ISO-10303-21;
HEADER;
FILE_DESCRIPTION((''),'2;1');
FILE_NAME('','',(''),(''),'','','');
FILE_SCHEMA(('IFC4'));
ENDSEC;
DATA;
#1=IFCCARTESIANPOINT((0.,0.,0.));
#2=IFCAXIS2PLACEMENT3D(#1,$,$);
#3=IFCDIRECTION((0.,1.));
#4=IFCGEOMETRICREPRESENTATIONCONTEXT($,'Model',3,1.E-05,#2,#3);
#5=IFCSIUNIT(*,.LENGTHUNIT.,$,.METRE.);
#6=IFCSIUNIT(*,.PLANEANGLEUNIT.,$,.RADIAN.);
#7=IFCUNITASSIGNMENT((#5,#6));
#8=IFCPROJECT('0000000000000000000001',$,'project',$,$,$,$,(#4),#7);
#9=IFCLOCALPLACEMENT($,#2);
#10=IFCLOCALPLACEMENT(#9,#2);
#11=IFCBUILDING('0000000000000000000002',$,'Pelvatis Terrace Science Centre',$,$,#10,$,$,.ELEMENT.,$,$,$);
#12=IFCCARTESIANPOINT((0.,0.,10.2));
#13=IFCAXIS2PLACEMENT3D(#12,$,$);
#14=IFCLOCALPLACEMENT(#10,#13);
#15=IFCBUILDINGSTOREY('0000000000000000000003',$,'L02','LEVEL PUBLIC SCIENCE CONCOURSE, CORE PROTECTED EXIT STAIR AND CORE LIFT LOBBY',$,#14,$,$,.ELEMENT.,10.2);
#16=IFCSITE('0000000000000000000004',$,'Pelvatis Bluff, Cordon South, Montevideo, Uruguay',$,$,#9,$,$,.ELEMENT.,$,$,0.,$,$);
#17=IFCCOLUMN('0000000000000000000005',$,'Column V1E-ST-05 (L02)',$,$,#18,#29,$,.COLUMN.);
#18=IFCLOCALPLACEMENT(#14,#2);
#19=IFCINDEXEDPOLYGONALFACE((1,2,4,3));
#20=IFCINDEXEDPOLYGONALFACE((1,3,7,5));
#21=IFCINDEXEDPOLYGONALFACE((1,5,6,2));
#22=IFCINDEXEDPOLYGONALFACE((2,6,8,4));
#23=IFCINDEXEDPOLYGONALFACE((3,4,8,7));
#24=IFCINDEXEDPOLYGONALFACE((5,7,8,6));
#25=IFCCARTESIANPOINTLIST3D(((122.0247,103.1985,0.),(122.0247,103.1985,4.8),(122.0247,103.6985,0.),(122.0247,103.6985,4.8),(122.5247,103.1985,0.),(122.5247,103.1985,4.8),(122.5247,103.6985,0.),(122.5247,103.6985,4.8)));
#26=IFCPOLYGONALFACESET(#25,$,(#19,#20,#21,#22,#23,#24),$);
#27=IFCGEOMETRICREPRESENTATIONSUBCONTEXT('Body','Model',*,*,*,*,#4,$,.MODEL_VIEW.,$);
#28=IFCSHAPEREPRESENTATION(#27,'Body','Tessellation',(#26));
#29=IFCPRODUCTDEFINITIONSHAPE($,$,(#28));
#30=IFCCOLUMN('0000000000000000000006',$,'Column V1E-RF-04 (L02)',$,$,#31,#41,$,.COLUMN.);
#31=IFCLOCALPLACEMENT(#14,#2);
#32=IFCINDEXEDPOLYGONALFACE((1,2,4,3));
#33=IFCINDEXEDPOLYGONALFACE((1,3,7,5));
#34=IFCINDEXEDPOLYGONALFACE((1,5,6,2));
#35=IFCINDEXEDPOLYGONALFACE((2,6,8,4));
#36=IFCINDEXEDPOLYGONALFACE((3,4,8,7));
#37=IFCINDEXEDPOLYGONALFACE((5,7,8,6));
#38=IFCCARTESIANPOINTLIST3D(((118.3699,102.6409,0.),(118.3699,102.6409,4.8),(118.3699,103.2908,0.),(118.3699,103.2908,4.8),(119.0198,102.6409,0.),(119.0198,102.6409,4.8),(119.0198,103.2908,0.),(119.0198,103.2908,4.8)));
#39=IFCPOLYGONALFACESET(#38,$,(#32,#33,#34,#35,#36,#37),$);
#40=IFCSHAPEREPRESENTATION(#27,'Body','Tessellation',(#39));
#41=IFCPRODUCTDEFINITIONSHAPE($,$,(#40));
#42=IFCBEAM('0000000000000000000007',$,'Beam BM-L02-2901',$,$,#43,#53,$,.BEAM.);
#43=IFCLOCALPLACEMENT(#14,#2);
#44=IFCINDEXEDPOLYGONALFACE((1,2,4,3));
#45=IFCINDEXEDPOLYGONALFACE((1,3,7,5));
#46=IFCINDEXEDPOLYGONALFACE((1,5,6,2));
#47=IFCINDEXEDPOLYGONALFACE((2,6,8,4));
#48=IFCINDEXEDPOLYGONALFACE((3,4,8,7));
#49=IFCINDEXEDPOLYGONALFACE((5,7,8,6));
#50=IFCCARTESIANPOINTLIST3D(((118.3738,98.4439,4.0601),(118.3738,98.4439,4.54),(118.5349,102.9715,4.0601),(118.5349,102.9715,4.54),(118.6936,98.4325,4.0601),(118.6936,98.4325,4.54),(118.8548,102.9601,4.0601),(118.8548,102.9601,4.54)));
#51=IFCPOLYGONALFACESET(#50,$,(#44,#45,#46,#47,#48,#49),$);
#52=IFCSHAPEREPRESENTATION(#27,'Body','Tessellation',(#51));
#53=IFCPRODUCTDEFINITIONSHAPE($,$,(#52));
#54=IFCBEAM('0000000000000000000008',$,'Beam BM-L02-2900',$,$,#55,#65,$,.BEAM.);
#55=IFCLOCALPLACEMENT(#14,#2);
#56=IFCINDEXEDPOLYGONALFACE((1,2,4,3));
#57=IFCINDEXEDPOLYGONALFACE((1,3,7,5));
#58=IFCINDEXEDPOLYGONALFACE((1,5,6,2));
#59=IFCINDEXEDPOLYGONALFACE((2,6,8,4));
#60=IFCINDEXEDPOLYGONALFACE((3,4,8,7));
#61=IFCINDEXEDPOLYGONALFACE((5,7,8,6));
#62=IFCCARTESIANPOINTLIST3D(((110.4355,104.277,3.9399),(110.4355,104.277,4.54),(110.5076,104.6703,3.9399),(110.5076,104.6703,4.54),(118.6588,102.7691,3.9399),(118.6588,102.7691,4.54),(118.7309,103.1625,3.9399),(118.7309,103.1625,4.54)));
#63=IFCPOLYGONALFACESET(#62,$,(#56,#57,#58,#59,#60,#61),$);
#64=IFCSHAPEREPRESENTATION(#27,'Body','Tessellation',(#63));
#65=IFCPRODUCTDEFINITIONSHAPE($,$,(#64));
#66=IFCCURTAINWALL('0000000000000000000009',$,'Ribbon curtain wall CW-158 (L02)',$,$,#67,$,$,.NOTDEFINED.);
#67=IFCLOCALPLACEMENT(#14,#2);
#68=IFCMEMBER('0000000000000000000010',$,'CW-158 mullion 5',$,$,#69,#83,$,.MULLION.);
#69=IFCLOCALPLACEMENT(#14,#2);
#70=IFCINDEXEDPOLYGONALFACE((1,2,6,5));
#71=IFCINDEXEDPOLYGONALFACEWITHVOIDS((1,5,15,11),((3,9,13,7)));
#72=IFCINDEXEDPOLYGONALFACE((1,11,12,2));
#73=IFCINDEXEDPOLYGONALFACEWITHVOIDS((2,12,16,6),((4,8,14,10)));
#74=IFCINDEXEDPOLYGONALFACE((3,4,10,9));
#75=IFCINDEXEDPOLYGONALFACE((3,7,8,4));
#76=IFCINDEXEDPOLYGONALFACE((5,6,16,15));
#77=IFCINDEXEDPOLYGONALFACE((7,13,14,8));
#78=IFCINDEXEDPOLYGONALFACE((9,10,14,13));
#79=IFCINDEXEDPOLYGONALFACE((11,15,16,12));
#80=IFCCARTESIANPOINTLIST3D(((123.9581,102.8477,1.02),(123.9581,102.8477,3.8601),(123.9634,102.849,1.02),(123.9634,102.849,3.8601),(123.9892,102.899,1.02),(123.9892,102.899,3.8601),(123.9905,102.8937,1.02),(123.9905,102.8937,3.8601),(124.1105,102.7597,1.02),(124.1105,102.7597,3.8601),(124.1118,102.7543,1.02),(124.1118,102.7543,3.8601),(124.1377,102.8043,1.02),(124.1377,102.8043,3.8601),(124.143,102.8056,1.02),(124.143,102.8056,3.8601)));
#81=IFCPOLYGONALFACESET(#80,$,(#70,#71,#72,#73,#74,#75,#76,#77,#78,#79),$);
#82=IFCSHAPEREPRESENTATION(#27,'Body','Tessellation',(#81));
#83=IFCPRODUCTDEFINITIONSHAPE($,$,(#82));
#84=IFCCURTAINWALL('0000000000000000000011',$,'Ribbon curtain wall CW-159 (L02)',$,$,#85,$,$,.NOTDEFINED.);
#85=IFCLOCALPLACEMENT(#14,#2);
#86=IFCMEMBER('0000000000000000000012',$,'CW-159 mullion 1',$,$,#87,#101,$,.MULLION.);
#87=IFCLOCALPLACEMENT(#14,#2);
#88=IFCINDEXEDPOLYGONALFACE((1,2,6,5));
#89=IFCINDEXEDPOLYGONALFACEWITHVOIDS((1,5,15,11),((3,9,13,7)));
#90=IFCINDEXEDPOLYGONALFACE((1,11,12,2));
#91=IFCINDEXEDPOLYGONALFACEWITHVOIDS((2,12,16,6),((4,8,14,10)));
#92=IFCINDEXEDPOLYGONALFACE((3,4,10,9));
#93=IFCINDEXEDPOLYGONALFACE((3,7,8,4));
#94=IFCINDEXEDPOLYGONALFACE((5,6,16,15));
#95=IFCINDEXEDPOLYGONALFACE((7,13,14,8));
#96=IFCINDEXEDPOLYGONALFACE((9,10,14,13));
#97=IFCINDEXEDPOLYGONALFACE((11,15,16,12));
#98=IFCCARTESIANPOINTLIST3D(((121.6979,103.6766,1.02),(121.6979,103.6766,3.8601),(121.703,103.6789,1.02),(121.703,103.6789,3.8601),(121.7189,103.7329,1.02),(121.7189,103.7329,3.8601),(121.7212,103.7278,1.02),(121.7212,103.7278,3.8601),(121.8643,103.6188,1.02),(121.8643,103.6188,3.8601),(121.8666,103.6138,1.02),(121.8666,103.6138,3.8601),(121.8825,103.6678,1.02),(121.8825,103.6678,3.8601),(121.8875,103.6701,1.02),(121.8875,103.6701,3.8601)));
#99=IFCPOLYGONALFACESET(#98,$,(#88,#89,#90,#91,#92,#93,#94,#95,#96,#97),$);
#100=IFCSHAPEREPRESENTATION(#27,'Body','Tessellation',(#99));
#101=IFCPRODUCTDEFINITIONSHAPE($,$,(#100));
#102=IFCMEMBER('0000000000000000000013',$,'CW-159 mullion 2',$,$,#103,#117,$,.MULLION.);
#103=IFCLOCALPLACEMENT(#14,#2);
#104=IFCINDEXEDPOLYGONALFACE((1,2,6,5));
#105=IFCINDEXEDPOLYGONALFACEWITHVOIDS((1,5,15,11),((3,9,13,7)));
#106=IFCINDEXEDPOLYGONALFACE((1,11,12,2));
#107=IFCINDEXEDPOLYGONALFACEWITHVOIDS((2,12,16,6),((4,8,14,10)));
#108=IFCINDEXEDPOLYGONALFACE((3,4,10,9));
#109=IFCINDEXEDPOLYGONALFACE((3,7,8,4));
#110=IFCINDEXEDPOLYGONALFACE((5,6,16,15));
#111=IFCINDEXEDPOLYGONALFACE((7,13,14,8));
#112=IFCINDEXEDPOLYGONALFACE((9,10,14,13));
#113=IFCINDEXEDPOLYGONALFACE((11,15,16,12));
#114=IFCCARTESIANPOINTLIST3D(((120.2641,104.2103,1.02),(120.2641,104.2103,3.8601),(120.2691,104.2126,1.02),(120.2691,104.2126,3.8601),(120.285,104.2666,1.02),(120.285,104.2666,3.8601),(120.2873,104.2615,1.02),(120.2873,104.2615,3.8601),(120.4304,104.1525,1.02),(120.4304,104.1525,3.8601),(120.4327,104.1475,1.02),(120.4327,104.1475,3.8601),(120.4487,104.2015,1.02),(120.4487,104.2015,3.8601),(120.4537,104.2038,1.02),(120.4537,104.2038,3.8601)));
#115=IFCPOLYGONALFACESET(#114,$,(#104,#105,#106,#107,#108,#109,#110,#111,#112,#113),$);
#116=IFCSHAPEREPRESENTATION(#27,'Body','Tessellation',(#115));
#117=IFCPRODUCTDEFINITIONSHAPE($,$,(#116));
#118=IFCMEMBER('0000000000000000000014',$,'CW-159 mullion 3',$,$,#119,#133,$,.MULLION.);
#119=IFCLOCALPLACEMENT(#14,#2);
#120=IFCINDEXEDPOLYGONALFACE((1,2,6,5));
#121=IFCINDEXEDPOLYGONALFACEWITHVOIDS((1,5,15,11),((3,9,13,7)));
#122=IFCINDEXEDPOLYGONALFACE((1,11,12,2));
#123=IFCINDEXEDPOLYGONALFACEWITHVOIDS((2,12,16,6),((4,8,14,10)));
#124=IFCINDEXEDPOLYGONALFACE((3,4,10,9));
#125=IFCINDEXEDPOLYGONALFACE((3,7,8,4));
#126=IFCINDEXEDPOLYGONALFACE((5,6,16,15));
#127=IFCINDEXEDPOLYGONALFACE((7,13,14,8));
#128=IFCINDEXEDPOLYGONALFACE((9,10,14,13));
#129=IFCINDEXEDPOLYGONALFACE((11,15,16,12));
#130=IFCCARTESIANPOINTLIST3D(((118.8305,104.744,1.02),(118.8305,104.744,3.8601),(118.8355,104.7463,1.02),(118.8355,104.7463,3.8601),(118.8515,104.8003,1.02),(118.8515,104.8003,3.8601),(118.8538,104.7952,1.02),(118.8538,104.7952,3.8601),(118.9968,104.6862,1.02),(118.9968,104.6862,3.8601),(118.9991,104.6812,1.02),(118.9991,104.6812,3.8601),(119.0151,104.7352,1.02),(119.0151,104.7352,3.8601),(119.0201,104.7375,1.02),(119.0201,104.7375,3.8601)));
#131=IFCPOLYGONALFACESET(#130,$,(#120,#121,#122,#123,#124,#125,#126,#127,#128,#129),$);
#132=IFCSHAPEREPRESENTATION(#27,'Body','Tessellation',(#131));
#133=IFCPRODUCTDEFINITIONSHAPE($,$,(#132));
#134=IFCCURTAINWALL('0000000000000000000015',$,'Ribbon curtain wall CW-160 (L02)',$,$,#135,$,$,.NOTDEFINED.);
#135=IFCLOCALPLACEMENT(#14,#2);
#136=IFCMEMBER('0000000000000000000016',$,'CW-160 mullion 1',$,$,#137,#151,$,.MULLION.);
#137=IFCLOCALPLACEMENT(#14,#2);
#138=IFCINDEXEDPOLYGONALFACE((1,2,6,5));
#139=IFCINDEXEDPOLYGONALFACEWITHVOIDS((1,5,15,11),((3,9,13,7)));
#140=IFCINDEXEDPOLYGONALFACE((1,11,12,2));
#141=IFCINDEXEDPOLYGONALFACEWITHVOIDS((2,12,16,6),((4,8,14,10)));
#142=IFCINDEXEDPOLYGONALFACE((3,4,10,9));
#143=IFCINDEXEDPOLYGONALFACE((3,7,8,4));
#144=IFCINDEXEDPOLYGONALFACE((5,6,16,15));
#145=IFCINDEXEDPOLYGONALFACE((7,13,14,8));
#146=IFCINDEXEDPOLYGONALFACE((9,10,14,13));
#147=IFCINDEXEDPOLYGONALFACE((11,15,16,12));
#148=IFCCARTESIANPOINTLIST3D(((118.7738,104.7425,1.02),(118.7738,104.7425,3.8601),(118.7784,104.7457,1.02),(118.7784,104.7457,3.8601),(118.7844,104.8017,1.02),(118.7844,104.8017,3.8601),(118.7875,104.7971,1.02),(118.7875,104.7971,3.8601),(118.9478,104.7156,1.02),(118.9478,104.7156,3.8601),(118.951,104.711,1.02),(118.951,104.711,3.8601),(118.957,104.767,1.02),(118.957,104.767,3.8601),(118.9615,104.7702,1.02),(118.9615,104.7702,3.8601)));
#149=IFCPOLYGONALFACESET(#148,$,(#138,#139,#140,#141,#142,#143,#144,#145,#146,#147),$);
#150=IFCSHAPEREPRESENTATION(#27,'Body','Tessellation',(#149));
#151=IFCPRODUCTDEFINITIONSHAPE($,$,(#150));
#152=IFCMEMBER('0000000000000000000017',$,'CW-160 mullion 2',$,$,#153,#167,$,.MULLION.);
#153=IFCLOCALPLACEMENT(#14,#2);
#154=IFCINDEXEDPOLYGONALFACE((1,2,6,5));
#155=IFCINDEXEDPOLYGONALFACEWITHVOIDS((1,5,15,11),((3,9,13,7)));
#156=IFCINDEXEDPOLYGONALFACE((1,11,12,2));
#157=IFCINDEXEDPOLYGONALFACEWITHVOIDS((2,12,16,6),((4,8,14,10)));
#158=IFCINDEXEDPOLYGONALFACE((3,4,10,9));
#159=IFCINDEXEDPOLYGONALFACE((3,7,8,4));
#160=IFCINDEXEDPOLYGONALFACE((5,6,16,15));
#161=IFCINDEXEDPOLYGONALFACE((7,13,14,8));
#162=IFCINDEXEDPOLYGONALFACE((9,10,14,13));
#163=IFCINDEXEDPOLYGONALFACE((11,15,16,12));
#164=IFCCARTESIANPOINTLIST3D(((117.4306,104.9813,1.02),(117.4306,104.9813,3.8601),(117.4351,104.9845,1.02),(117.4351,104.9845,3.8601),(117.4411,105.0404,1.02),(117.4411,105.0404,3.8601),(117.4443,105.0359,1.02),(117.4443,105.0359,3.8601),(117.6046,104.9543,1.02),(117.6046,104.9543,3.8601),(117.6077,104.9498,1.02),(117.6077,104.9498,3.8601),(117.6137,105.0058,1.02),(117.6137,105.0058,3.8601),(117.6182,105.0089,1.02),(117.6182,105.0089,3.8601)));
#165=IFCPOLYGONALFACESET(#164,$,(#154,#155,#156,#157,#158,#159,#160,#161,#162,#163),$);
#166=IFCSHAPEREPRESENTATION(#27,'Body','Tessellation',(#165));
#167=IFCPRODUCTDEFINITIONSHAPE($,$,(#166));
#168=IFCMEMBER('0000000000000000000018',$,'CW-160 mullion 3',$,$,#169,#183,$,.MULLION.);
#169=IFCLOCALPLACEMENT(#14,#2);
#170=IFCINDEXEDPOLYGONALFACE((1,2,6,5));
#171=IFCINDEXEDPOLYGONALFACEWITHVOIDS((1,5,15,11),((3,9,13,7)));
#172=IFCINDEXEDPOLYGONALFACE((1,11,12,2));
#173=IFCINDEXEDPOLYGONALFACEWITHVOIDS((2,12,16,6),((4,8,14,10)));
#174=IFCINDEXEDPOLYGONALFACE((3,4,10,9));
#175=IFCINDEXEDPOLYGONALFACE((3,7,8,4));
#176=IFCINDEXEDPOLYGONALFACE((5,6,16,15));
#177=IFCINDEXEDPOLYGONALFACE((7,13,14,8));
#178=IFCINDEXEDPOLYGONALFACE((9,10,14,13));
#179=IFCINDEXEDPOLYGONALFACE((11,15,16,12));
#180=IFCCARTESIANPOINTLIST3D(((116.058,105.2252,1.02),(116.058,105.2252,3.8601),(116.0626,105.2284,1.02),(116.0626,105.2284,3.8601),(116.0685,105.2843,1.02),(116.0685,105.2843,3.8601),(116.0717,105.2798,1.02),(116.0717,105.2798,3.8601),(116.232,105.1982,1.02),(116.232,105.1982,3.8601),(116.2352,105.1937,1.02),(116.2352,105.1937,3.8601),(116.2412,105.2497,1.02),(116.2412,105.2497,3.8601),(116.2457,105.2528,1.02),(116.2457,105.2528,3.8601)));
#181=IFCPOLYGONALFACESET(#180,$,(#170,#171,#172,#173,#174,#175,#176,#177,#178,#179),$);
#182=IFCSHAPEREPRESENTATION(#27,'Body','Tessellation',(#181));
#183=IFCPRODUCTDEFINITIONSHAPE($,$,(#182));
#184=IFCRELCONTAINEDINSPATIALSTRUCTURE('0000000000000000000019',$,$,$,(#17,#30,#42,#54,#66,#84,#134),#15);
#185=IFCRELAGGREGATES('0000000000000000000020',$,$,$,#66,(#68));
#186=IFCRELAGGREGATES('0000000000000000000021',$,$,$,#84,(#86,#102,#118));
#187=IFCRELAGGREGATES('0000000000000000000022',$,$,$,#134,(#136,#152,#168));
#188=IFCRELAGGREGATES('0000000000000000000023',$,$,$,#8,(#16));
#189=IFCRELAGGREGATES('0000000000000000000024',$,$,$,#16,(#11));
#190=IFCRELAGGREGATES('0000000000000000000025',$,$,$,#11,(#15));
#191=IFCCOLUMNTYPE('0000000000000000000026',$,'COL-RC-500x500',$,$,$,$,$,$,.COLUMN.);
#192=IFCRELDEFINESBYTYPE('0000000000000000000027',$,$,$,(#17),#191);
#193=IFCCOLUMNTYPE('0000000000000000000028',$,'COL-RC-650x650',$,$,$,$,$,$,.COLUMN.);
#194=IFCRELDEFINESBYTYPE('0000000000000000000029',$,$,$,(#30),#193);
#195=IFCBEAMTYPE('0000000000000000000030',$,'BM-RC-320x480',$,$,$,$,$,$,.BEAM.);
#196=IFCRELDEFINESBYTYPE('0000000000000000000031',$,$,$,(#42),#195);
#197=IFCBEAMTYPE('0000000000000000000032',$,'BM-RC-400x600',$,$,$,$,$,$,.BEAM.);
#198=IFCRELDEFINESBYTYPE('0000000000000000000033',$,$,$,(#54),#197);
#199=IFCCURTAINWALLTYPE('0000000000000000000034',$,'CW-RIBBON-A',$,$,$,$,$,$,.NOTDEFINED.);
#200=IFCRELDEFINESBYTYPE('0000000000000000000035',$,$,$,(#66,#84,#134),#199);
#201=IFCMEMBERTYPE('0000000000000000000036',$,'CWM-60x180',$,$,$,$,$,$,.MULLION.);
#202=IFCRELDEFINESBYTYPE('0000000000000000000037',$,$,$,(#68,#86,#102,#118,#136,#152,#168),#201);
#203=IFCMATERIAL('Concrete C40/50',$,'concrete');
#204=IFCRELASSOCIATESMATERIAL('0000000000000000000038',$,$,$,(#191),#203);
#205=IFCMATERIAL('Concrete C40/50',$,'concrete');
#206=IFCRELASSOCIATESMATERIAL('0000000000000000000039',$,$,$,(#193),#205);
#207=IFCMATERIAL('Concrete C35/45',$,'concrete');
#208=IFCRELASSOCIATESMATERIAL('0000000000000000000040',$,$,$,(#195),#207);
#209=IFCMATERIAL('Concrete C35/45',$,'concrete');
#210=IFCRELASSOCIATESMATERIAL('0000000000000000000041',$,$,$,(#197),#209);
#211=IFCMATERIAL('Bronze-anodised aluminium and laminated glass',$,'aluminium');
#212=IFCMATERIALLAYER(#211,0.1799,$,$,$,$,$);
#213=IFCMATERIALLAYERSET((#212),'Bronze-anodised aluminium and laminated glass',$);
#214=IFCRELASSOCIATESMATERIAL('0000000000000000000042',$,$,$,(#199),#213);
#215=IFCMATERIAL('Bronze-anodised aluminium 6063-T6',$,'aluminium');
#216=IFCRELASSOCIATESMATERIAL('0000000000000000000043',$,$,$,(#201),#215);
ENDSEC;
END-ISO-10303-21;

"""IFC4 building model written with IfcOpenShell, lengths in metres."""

from ifc_helpers import new_model, si_unit, direction, frame, origin, origin_2d, place, context, subcontext, project, spatial, rectangle, hollow_rectangle, extrude, material, layer, layer_set, material_profile, profile_set, type_object, element, aggregate, save


model = new_model("IFC4")

# Units and contexts
model_context = context("Model", 3, precision=1e-05, world=origin(), true_north=direction((0.0, 1.0)))
body_context = subcontext(model_context, "Body", "Model", "MODEL_VIEW")
ifc_project = project(units=[si_unit("LENGTHUNIT", "METRE"), si_unit("PLANEANGLEUNIT", "RADIAN")], contexts=[model_context])

# Site, building, storey
site_placement = place(None, origin())
site = spatial("IfcSite", under=ifc_project, at=site_placement, Name="Pelvatis Bluff, Cordon South, Montevideo, Uruguay", CompositionType="ELEMENT", RefElevation=0.0)
building_placement = place(site_placement, origin())
building = spatial("IfcBuilding", under=site, at=building_placement, Name="Pelvatis Terrace Science Centre", CompositionType="ELEMENT")
storey_placement = place(building_placement, frame((0.0, 0.0, 10.2)))
storey = spatial("IfcBuildingStorey", under=building, at=storey_placement, Name="L02", Description="LEVEL PUBLIC SCIENCE CONCOURSE, CORE PROTECTED EXIT STAIR AND CORE LIFT LOBBY", CompositionType="ELEMENT", Elevation=10.2)

# Columns
ifc_material_1 = material(Name="Concrete C40/50", Category="concrete")
ifc_material_profile_1 = material_profile(ifc_material_1, rectangle(XDim=0.5, YDim=0.5, at=origin_2d()), Name="RC-COL 500x500")
ifc_profile_set_1 = profile_set([ifc_material_profile_1], Name="Concrete C40/50")
column_type_1 = type_object("IfcColumnType", Name="COL-RC-500x500", PredefinedType="COLUMN", material=ifc_profile_set_1)
column_1_placement = place(storey_placement, frame((122.2747, 103.4485, 0.0), z_axis=(0.0, 0.0, 1.0), x_axis=(1.0, 0.0, 0.0)))
element("IfcColumn", 1, at=column_1_placement, inside=storey, type_object=column_type_1, Name="Column V1E-ST-05 (L02)", PredefinedType="COLUMN", context=body_context, shape_type="SweptSolid", body=[
    extrude(rectangle(XDim=0.5, YDim=0.5, at=origin_2d()), origin(), (0.0, 0.0, 1.0), 4.8),
])
ifc_material_2 = material(Name="Concrete C40/50", Category="concrete")
ifc_material_profile_2 = material_profile(ifc_material_2, rectangle(XDim=0.6499, YDim=0.6499, at=origin_2d()), Name="RC-COL 650x650")
ifc_profile_set_2 = profile_set([ifc_material_profile_2], Name="Concrete C40/50")
column_type_2 = type_object("IfcColumnType", Name="COL-RC-650x650", PredefinedType="COLUMN", material=ifc_profile_set_2)
column_2_placement = place(storey_placement, frame((118.6948, 102.9658, 0.0), z_axis=(0.0, 0.0, 1.0), x_axis=(1.0, 0.0, 0.0)))
element("IfcColumn", 2, at=column_2_placement, inside=storey, type_object=column_type_2, Name="Column V1E-RF-04 (L02)", PredefinedType="COLUMN", context=body_context, shape_type="SweptSolid", body=[
    extrude(rectangle(XDim=0.6499, YDim=0.6499, at=origin_2d()), origin(), (0.0, 0.0, 1.0), 4.8),
])

# Beams
ifc_material_3 = material(Name="Concrete C35/45", Category="concrete")
ifc_material_profile_3 = material_profile(ifc_material_3, rectangle(XDim=0.3201, YDim=0.48, at=origin_2d()), Name="RC-BM 320x480")
ifc_profile_set_3 = profile_set([ifc_material_profile_3], Name="Concrete C35/45")
beam_type_1 = type_object("IfcBeamType", Name="BM-RC-320x480", PredefinedType="BEAM", material=ifc_profile_set_3)
beam_1_placement = place(storey_placement, frame((118.6948, 102.9658, 4.3), z_axis=(-0.035567, -0.999367, 0.0), x_axis=(0.999367, -0.035567, 0.0)))
element("IfcBeam", 3, at=beam_1_placement, inside=storey, type_object=beam_type_1, Name="Beam BM-L02-2901", PredefinedType="BEAM", context=body_context, shape_type="SweptSolid", body=[
    extrude(rectangle(XDim=0.3201, YDim=0.48, at=origin_2d()), origin(), (0.0, 0.0, 1.0), 4.5305),
])
ifc_material_4 = material(Name="Concrete C35/45", Category="concrete")
ifc_material_profile_4 = material_profile(ifc_material_4, rectangle(XDim=0.3999, YDim=0.6001, at=origin_2d()), Name="RC-BM 400x600")
ifc_profile_set_4 = profile_set([ifc_material_profile_4], Name="Concrete C35/45")
beam_type_2 = type_object("IfcBeamType", Name="BM-RC-400x600", PredefinedType="BEAM", material=ifc_profile_set_4)
beam_2_placement = place(storey_placement, frame((118.6948, 102.9658, 4.24), z_axis=(-0.983602, 0.180355, 0.0), x_axis=(-0.180355, -0.983602, 0.0)))
element("IfcBeam", 4, at=beam_2_placement, inside=storey, type_object=beam_type_2, Name="Beam BM-L02-2900", PredefinedType="BEAM", context=body_context, shape_type="SweptSolid", body=[
    extrude(rectangle(XDim=0.3999, YDim=0.6001, at=origin_2d()), origin(), (0.0, 0.0, 1.0), 8.3604),
])

# Curtain wall, member
ifc_material_5 = material(Name="Bronze-anodised aluminium and laminated glass", Category="aluminium")
ifc_layer_1 = layer(ifc_material_5, 0.1799)
ifc_layer_set_1 = layer_set([ifc_layer_1], Name="Bronze-anodised aluminium and laminated glass")
curtain_wall_type = type_object("IfcCurtainWallType", Name="CW-RIBBON-A", PredefinedType="NOTDEFINED", material=ifc_layer_set_1)
curtain_wall_1_placement = place(storey_placement, origin())
curtain_wall_1 = element("IfcCurtainWall", 5, at=curtain_wall_1_placement, inside=storey, type_object=curtain_wall_type, Name="Ribbon curtain wall CW-158 (L02)", PredefinedType="NOTDEFINED")
ifc_material_6 = material(Name="Bronze-anodised aluminium 6063-T6", Category="aluminium")
ifc_material_profile_5 = material_profile(ifc_material_6, hollow_rectangle(XDim=0.0601, YDim=0.1799, WallThickness=0.0039, at=origin_2d()), Name="ALU-MUL 60x180")
ifc_profile_set_5 = profile_set([ifc_material_profile_5], Name="Bronze-anodised aluminium 6063-T6")
member_type_1 = type_object("IfcMemberType", Name="CWM-60x180", PredefinedType="MULLION", material=ifc_profile_set_5)
member_1_placement = place(storey_placement, frame((124.0505, 102.8267, 1.02), z_axis=(0.0, 0.0, 1.0), x_axis=(-0.51919, -0.854659, 0.0)))
member_1 = element("IfcMember", 6, at=member_1_placement, type_object=member_type_1, Name="CW-158 mullion 5", PredefinedType="MULLION", context=body_context, shape_type="SweptSolid", body=[
    extrude(hollow_rectangle(XDim=0.0601, YDim=0.1799, WallThickness=0.0039, at=origin_2d()), origin(), (0.0, 0.0, 1.0), 2.8401),
])
aggregate(curtain_wall_1, [member_1])

# Curtain walls, members
curtain_wall_2_placement = place(storey_placement, origin())
curtain_wall_2 = element("IfcCurtainWall", 7, at=curtain_wall_2_placement, inside=storey, type_object=curtain_wall_type, Name="Ribbon curtain wall CW-159 (L02)", PredefinedType="NOTDEFINED")
member_2_placement = place(storey_placement, frame((121.7927, 103.6733, 1.02), z_axis=(0.0, 0.0, 1.0), x_axis=(-0.348867, -0.937172, 0.0)))
member_2 = element("IfcMember", 8, at=member_2_placement, type_object=member_type_1, Name="CW-159 mullion 1", PredefinedType="MULLION", context=body_context, shape_type="SweptSolid", body=[
    extrude(hollow_rectangle(XDim=0.0601, YDim=0.1799, WallThickness=0.0039, at=origin_2d()), origin(), (0.0, 0.0, 1.0), 2.8401),
])
member_3_placement = place(storey_placement, frame((120.3589, 104.207, 1.02), z_axis=(0.0, 0.0, 1.0), x_axis=(-0.348867, -0.937172, 0.0)))
member_3 = element("IfcMember", 9, at=member_3_placement, type_object=member_type_1, Name="CW-159 mullion 2", PredefinedType="MULLION", context=body_context, shape_type="SweptSolid", body=[
    extrude(hollow_rectangle(XDim=0.0601, YDim=0.1799, WallThickness=0.0039, at=origin_2d()), origin(), (0.0, 0.0, 1.0), 2.8401),
])
member_4_placement = place(storey_placement, frame((118.9253, 104.7407, 1.02), z_axis=(0.0, 0.0, 1.0), x_axis=(-0.348867, -0.937172, 0.0)))
member_4 = element("IfcMember", 10, at=member_4_placement, type_object=member_type_1, Name="CW-159 mullion 3", PredefinedType="MULLION", context=body_context, shape_type="SweptSolid", body=[
    extrude(hollow_rectangle(XDim=0.0601, YDim=0.1799, WallThickness=0.0039, at=origin_2d()), origin(), (0.0, 0.0, 1.0), 2.8401),
])
curtain_wall_3_placement = place(storey_placement, origin())
curtain_wall_3 = element("IfcCurtainWall", 11, at=curtain_wall_3_placement, inside=storey, type_object=curtain_wall_type, Name="Ribbon curtain wall CW-160 (L02)", PredefinedType="NOTDEFINED")
member_5_placement = place(storey_placement, frame((118.8677, 104.7563, 1.02), z_axis=(0.0, 0.0, 1.0), x_axis=(-0.174983, -0.984571, 0.0)))
member_5 = element("IfcMember", 12, at=member_5_placement, type_object=member_type_1, Name="CW-160 mullion 1", PredefinedType="MULLION", context=body_context, shape_type="SweptSolid", body=[
    extrude(hollow_rectangle(XDim=0.0601, YDim=0.1799, WallThickness=0.0039, at=origin_2d()), origin(), (0.0, 0.0, 1.0), 2.8401),
])
member_6_placement = place(storey_placement, frame((117.5244, 104.9951, 1.02), z_axis=(0.0, 0.0, 1.0), x_axis=(-0.174983, -0.984571, 0.0)))
member_6 = element("IfcMember", 13, at=member_6_placement, type_object=member_type_1, Name="CW-160 mullion 2", PredefinedType="MULLION", context=body_context, shape_type="SweptSolid", body=[
    extrude(hollow_rectangle(XDim=0.0601, YDim=0.1799, WallThickness=0.0039, at=origin_2d()), origin(), (0.0, 0.0, 1.0), 2.8401),
])
member_7_placement = place(storey_placement, frame((116.1519, 105.239, 1.02), z_axis=(0.0, 0.0, 1.0), x_axis=(-0.174983, -0.984571, 0.0)))
member_7 = element("IfcMember", 14, at=member_7_placement, type_object=member_type_1, Name="CW-160 mullion 3", PredefinedType="MULLION", context=body_context, shape_type="SweptSolid", body=[
    extrude(hollow_rectangle(XDim=0.0601, YDim=0.1799, WallThickness=0.0039, at=origin_2d()), origin(), (0.0, 0.0, 1.0), 2.8401),
])

aggregate(curtain_wall_2, [member_2, member_3, member_4])
aggregate(curtain_wall_3, [member_5, member_6, member_7])

save(model, "model.ifc")
